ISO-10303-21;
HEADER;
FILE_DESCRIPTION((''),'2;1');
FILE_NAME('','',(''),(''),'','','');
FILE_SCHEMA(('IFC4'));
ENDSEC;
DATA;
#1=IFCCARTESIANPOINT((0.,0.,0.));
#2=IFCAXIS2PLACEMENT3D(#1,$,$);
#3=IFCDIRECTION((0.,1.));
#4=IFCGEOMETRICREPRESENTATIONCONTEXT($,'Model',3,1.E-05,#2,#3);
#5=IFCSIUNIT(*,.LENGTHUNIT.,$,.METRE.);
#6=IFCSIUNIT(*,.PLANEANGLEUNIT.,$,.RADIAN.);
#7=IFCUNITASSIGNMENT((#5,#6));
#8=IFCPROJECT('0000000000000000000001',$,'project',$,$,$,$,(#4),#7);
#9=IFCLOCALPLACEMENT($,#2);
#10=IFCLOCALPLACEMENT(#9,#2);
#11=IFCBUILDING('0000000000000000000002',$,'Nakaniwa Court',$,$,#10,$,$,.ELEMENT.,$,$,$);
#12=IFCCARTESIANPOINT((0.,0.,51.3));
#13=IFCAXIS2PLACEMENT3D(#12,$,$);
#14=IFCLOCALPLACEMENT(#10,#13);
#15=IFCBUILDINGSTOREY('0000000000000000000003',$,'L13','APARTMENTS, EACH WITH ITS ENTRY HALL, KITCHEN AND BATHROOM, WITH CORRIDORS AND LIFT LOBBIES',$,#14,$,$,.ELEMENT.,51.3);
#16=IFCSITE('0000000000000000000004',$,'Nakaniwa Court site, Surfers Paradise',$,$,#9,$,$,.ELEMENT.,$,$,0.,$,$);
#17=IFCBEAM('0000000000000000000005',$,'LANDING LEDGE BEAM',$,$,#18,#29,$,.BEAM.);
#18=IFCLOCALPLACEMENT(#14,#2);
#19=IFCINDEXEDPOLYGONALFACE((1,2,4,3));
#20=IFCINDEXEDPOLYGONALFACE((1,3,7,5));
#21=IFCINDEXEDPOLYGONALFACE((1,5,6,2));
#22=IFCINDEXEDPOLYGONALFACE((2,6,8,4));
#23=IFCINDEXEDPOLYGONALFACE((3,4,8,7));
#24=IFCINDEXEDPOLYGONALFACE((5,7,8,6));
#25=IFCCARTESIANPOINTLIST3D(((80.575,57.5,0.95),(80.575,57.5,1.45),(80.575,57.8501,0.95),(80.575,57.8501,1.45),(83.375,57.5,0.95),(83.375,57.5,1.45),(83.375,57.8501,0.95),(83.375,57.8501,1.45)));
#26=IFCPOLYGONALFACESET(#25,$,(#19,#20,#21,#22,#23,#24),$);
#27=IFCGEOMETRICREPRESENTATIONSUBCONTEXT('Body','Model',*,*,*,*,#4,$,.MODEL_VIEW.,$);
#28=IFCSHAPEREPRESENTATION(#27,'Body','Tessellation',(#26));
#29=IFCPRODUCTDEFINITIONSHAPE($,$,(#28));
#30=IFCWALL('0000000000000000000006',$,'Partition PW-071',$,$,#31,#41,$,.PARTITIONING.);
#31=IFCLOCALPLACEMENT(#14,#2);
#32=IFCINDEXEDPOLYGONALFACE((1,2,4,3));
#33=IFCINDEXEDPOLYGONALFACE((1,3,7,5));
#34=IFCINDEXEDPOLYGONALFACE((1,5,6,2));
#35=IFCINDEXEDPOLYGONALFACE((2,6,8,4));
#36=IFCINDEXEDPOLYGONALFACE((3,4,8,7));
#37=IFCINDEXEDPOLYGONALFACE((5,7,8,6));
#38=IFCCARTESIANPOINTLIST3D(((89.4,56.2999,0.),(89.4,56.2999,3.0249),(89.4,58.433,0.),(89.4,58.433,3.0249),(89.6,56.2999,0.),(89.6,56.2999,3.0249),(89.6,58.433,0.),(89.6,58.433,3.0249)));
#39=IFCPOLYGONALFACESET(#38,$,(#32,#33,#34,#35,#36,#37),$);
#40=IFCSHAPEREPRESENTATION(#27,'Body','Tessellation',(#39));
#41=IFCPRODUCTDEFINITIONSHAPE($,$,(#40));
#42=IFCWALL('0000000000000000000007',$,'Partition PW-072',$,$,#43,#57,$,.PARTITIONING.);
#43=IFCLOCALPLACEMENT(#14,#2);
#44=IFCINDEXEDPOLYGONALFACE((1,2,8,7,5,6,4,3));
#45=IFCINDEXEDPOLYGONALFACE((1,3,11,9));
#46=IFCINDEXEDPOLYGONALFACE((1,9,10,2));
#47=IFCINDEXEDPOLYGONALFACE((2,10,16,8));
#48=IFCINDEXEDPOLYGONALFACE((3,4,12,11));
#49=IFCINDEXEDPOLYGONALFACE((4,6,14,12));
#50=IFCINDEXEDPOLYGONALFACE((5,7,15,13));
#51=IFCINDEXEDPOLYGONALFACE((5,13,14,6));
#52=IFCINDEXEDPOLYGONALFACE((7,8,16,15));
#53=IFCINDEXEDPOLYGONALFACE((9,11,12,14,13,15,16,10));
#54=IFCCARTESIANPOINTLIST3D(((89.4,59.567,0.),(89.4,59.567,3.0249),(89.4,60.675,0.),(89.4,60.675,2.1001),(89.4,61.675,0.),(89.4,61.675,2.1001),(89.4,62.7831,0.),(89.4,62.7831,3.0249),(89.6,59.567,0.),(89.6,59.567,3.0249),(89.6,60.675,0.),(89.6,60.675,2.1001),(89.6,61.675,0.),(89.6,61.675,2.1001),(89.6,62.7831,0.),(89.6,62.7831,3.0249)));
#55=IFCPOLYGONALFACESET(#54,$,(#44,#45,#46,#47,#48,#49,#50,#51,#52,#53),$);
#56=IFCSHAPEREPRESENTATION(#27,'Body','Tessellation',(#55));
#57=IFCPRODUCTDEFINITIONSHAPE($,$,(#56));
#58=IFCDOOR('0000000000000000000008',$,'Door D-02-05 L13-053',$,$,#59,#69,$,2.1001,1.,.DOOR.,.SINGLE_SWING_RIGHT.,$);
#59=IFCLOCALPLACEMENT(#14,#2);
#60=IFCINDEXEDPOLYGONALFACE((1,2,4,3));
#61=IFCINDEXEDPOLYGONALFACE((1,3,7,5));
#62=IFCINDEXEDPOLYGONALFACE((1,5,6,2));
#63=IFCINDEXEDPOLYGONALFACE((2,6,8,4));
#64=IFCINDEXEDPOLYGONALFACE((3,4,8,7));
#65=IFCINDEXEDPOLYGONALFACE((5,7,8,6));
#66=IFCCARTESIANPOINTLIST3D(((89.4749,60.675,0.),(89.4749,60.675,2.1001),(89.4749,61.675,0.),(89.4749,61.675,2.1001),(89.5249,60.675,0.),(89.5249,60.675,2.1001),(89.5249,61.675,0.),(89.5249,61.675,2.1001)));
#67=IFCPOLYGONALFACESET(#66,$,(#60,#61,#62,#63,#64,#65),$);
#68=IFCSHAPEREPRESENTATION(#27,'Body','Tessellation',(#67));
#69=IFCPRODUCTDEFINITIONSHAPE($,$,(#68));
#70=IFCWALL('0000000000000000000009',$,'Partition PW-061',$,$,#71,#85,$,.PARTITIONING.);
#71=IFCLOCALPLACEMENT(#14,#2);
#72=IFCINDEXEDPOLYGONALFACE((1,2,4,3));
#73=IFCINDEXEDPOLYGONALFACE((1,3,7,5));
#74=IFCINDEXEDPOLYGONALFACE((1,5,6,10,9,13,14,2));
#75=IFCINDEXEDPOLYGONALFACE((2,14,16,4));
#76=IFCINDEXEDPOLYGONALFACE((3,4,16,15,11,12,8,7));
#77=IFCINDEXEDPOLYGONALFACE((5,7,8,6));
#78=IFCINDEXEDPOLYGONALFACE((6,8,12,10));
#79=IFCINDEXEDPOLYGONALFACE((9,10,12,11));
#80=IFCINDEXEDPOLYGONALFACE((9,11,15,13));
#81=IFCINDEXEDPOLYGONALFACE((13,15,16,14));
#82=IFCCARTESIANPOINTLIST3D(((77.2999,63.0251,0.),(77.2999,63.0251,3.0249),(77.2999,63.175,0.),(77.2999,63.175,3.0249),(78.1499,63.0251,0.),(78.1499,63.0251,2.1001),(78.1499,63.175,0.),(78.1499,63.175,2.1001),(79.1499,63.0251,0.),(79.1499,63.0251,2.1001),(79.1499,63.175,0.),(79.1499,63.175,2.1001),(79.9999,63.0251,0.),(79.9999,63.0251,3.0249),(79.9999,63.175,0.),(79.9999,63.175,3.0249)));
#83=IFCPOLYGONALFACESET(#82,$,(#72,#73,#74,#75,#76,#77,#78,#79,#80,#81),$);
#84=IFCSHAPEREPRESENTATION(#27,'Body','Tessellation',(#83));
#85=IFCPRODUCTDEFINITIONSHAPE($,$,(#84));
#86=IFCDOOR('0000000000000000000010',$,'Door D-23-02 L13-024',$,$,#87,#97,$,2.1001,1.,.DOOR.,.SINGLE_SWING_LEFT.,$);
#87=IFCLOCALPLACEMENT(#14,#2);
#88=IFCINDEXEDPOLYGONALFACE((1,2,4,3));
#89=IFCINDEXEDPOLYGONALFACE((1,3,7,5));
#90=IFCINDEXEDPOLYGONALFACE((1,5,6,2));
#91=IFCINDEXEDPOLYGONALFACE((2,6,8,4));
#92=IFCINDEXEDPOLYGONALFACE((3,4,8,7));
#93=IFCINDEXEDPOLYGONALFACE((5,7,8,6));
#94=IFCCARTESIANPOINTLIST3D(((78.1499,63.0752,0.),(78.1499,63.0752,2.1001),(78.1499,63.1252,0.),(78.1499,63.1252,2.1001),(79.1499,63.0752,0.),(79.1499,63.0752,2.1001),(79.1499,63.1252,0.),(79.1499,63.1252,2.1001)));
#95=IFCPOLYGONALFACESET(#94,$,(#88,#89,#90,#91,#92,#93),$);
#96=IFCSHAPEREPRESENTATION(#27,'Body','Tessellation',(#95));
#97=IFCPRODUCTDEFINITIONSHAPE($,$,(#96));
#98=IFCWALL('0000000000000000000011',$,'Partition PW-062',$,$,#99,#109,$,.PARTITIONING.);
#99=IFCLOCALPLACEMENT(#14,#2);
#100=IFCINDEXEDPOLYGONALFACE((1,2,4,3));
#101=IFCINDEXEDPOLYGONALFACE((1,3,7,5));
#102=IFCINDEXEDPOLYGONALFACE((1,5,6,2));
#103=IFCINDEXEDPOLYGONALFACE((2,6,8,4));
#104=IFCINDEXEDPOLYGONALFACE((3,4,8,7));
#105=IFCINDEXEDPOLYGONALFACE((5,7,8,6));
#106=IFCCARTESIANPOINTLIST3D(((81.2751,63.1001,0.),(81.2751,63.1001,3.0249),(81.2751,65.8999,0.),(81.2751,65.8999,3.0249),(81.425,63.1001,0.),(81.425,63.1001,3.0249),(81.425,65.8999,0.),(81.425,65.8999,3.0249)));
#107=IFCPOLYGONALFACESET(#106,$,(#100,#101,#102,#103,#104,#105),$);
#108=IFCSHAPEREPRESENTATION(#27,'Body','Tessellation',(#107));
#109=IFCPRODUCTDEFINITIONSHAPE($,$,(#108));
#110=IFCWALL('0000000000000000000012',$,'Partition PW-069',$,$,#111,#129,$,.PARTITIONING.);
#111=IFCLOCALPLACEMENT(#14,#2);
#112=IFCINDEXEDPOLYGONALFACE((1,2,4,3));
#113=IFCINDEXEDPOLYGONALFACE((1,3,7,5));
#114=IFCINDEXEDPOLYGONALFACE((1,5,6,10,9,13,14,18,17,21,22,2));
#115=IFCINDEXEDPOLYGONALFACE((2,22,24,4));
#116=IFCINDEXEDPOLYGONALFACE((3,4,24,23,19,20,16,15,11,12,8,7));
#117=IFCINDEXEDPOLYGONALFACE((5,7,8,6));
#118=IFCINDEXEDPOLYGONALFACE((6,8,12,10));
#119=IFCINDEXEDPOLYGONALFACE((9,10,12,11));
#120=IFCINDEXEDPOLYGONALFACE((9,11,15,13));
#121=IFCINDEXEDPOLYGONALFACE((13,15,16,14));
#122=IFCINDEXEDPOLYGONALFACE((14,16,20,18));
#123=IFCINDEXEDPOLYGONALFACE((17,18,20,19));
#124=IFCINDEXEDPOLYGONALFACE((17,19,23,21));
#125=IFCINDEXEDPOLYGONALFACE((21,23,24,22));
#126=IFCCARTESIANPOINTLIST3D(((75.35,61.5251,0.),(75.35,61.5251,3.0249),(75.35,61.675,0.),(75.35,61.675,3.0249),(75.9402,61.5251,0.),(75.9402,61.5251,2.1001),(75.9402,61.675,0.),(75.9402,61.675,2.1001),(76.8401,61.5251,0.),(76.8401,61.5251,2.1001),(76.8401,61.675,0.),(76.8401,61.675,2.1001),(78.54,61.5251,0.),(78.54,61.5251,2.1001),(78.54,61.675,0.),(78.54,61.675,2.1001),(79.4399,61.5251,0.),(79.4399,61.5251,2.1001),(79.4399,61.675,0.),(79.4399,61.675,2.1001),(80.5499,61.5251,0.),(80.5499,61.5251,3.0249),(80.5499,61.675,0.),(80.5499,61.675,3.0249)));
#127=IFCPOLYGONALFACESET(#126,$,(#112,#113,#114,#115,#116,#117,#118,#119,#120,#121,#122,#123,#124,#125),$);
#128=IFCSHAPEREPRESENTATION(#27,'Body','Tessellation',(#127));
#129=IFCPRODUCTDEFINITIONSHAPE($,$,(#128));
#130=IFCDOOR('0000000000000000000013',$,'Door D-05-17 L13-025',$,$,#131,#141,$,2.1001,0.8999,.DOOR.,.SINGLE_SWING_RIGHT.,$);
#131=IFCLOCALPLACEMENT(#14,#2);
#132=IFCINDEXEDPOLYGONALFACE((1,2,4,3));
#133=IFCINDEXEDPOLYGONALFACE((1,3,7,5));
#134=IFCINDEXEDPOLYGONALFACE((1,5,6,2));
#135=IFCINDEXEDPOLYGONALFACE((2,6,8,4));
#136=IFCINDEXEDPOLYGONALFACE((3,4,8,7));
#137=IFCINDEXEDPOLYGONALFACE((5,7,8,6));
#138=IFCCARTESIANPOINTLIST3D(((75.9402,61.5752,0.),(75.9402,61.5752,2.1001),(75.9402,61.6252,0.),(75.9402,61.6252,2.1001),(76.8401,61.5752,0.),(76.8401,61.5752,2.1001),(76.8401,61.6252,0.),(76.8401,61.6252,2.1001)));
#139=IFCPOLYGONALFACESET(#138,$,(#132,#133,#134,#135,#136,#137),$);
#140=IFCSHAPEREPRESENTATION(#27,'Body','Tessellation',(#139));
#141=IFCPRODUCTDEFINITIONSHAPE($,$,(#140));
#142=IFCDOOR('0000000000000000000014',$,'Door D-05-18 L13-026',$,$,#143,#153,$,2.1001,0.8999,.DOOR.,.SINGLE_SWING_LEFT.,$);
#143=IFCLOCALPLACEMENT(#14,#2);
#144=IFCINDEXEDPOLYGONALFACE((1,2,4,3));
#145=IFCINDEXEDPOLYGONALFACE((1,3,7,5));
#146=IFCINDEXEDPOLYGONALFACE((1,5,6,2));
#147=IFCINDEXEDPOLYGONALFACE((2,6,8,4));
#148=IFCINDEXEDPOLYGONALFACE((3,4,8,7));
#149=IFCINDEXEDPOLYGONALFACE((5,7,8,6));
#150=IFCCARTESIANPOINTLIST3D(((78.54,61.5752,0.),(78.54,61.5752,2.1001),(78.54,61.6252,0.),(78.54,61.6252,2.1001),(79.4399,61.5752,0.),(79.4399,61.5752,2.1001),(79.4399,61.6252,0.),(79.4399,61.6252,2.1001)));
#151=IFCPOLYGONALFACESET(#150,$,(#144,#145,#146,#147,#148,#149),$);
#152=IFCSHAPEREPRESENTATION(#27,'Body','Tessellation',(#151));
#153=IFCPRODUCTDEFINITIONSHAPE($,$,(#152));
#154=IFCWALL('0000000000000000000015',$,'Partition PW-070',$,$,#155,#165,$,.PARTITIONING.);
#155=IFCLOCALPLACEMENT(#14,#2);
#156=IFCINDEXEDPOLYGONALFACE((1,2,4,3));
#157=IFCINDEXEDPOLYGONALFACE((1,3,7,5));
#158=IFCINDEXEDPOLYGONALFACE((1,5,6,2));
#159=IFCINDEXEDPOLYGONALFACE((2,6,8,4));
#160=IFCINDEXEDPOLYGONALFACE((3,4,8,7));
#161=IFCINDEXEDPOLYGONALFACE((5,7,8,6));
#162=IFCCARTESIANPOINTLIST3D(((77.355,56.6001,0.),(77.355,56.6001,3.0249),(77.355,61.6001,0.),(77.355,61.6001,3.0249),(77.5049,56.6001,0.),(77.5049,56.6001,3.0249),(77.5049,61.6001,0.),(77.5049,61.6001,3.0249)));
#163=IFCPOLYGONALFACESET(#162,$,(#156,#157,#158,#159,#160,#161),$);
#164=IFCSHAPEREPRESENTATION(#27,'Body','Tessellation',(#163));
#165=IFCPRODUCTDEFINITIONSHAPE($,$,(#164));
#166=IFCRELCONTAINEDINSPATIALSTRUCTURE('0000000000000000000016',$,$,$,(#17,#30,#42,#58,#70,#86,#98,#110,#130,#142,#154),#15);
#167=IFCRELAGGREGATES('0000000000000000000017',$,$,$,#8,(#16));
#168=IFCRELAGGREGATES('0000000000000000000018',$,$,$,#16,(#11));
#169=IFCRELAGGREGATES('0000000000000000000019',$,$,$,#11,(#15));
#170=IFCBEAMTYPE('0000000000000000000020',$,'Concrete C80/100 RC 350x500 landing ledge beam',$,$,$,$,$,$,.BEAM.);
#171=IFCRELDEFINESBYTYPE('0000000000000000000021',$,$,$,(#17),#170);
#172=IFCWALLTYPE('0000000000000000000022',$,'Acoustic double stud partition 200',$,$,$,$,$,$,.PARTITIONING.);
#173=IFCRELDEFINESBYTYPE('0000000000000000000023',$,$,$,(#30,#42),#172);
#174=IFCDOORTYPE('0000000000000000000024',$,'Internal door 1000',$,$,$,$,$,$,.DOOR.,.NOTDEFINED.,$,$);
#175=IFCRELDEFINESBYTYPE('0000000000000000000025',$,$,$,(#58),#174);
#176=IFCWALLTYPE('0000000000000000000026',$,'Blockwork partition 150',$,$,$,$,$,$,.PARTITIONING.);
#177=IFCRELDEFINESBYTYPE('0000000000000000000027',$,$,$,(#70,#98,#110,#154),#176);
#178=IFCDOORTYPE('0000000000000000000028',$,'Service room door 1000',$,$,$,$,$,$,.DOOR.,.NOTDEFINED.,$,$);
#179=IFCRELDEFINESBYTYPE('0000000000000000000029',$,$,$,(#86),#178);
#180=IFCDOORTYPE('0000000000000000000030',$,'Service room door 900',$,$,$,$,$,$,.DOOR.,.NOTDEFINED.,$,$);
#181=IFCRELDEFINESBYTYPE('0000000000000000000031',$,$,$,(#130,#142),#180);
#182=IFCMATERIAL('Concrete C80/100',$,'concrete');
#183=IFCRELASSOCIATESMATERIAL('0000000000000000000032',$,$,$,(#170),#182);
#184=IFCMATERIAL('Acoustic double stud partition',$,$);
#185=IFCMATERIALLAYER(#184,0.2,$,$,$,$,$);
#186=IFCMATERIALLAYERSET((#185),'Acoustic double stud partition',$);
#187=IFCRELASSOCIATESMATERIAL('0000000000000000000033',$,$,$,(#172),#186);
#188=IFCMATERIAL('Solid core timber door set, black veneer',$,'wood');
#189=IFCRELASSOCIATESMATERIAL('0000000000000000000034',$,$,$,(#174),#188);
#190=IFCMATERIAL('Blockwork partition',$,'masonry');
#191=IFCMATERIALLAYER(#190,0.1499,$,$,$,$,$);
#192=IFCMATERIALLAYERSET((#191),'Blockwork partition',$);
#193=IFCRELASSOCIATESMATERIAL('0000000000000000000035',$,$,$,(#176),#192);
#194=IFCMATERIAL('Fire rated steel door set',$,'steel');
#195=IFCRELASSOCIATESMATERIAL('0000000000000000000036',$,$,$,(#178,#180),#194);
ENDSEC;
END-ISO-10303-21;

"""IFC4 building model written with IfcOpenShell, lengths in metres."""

from ifc_helpers import new_model, si_unit, direction, frame, frame_2d, origin, origin_2d, place, context, subcontext, project, spatial, rectangle, extrude, material, layer, layer_set, material_profile, profile_set, type_object, element, fill, save


model = new_model("IFC4")

# Units and contexts
model_context = context("Model", 3, precision=1e-05, world=origin(), true_north=direction((0.0, 1.0)))
body_context = subcontext(model_context, "Body", "Model", "MODEL_VIEW")
ifc_project = project(units=[si_unit("LENGTHUNIT", "METRE"), si_unit("PLANEANGLEUNIT", "RADIAN")], contexts=[model_context])

# Site, building, storey
site_placement = place(None, origin())
site = spatial("IfcSite", under=ifc_project, at=site_placement, Name="Nakaniwa Court site, Surfers Paradise", CompositionType="ELEMENT", RefElevation=0.0)
building_placement = place(site_placement, origin())
building = spatial("IfcBuilding", under=site, at=building_placement, Name="Nakaniwa Court", CompositionType="ELEMENT")
storey_placement = place(building_placement, frame((0.0, 0.0, 51.3)))
storey = spatial("IfcBuildingStorey", under=building, at=storey_placement, Name="L13", Description="APARTMENTS, EACH WITH ITS ENTRY HALL, KITCHEN AND BATHROOM, WITH CORRIDORS AND LIFT LOBBIES", CompositionType="ELEMENT", Elevation=51.3)

# Beam
ifc_material_1 = material(Name="Concrete C80/100", Category="concrete")
ifc_material_profile = material_profile(ifc_material_1, rectangle(XDim=0.3501, YDim=0.5, at=origin_2d()), Name="Concrete C80/100 RC 350x500 landing ledge beam")
ifc_profile_set = profile_set([ifc_material_profile], Name="Concrete C80/100")
beam_type = type_object("IfcBeamType", Name="Concrete C80/100 RC 350x500 landing ledge beam", PredefinedType="BEAM", material=ifc_profile_set)
beam_placement = place(storey_placement, frame((80.575, 57.675, 1.2), z_axis=(1.0, 0.0, 0.0), x_axis=(0.0, 1.0, 0.0)))
element("IfcBeam", 1, at=beam_placement, inside=storey, type_object=beam_type, Name="LANDING LEDGE BEAM", PredefinedType="BEAM", context=body_context, shape_type="SweptSolid", body=[
    extrude(rectangle(XDim=0.3501, YDim=0.5, at=origin_2d()), origin(), (0.0, 0.0, 1.0), 2.8),
])

# Wall
ifc_material_2 = material(Name="Acoustic double stud partition")
ifc_layer_1 = layer(ifc_material_2, 0.2)
ifc_layer_set_1 = layer_set([ifc_layer_1], Name="Acoustic double stud partition")
wall_type_1 = type_object("IfcWallType", Name="Acoustic double stud partition 200", PredefinedType="PARTITIONING", material=ifc_layer_set_1)
wall_1_placement = place(storey_placement, frame((89.5, 56.3, 0.0), z_axis=(0.0, 0.0, 1.0), x_axis=(0.0, 1.0, 0.0)))
element("IfcWall", 2, at=wall_1_placement, inside=storey, type_object=wall_type_1, Name="Partition PW-071", PredefinedType="PARTITIONING", context=body_context, shape_type="SweptSolid", body=[
    extrude(rectangle(XDim=2.1331, YDim=0.2, at=frame_2d((1.0664, 0.0))), origin(), (0.0, 0.0, 1.0), 3.0249),
])

# Walls, openings, doors
wall_2_placement = place(storey_placement, frame((89.5, 62.783, 0.0), z_axis=(0.0, 0.0, 1.0), x_axis=(0.0, -1.0, 0.0)))
wall_2 = element("IfcWall", 3, at=wall_2_placement, inside=storey, type_object=wall_type_1, Name="Partition PW-072", PredefinedType="PARTITIONING", context=body_context, shape_type="SweptSolid", body=[
    extrude(rectangle(XDim=3.2161, YDim=0.2, at=frame_2d((1.6079, 0.0))), origin(), (0.0, 0.0, 1.0), 3.0249),
])
opening_1_placement = place(wall_2_placement, frame((1.1079, 0.0, 0.0)))
opening_1 = element("IfcOpeningElement", 4, at=opening_1_placement, cuts=wall_2, PredefinedType="OPENING", context=body_context, shape_type="SweptSolid", body=[
    extrude(rectangle(XDim=1.0, YDim=2.1001, at=frame_2d((0.5, 1.05))), frame((0.0, 0.1099, 0.0), z_axis=(0.0, -1.0, 0.0), x_axis=(1.0, 0.0, 0.0)), (0.0, 0.0, 1.0), 0.22),
])
ifc_material_3 = material(Name="Solid core timber door set, black veneer", Category="wood")
door_type_1 = type_object("IfcDoorType", Name="Internal door 1000", OperationType="NOTDEFINED", PredefinedType="DOOR", material=ifc_material_3)
door_1_placement = place(opening_1_placement, origin())
door_1 = element("IfcDoor", 5, at=door_1_placement, inside=storey, type_object=door_type_1, Name="Door D-02-05 L13-053", OperationType="SINGLE_SWING_RIGHT", OverallHeight=2.1001, OverallWidth=1.0, PredefinedType="DOOR", context=body_context, shape_type="SweptSolid", body=[
    extrude(rectangle(XDim=1.0, YDim=2.1001, at=frame_2d((0.5, 1.05))), frame((0.0, 0.0249, 0.0), z_axis=(0.0, -1.0, 0.0), x_axis=(1.0, 0.0, 0.0)), (0.0, 0.0, 1.0), 0.05),
])
fill(opening_1, door_1)
ifc_material_4 = material(Name="Blockwork partition", Category="masonry")
ifc_layer_2 = layer(ifc_material_4, 0.1499)
ifc_layer_set_2 = layer_set([ifc_layer_2], Name="Blockwork partition")
wall_type_2 = type_object("IfcWallType", Name="Blockwork partition 150", PredefinedType="PARTITIONING", material=ifc_layer_set_2)
wall_3_placement = place(storey_placement, frame((80.0, 63.1001, 0.0), z_axis=(0.0, 0.0, 1.0), x_axis=(-1.0, 0.0, 0.0)))
wall_3 = element("IfcWall", 6, at=wall_3_placement, inside=storey, type_object=wall_type_2, Name="Partition PW-061", PredefinedType="PARTITIONING", context=body_context, shape_type="SweptSolid", body=[
    extrude(rectangle(XDim=2.7, YDim=0.1499, at=frame_2d((1.3501, 0.0))), origin(), (0.0, 0.0, 1.0), 3.0249),
])
opening_2_placement = place(wall_3_placement, frame((0.8501, 0.0, 0.0)))
opening_2 = element("IfcOpeningElement", 7, at=opening_2_placement, cuts=wall_3, PredefinedType="OPENING", context=body_context, shape_type="SweptSolid", body=[
    extrude(rectangle(XDim=1.0, YDim=2.1001, at=frame_2d((0.5, 1.05))), frame((0.0, 0.085, 0.0), z_axis=(0.0, -1.0, 0.0), x_axis=(1.0, 0.0, 0.0)), (0.0, 0.0, 1.0), 0.1699),
])
ifc_material_5 = material(Name="Fire rated steel door set", Category="steel")
door_type_2 = type_object("IfcDoorType", Name="Service room door 1000", OperationType="NOTDEFINED", PredefinedType="DOOR", material=ifc_material_5)
door_2_placement = place(opening_2_placement, origin())
door_2 = element("IfcDoor", 8, at=door_2_placement, inside=storey, type_object=door_type_2, Name="Door D-23-02 L13-024", OperationType="SINGLE_SWING_LEFT", OverallHeight=2.1001, OverallWidth=1.0, PredefinedType="DOOR", context=body_context, shape_type="SweptSolid", body=[
    extrude(rectangle(XDim=1.0, YDim=2.1001, at=frame_2d((0.5, 1.05))), frame((0.0, 0.0249, 0.0), z_axis=(0.0, -1.0, 0.0), x_axis=(1.0, 0.0, 0.0)), (0.0, 0.0, 1.0), 0.05),
])
fill(opening_2, door_2)

# Wall
wall_4_placement = place(storey_placement, frame((81.3501, 63.1001, 0.0), z_axis=(0.0, 0.0, 1.0), x_axis=(0.0, 1.0, 0.0)))
element("IfcWall", 9, at=wall_4_placement, inside=storey, type_object=wall_type_2, Name="Partition PW-062", PredefinedType="PARTITIONING", context=body_context, shape_type="SweptSolid", body=[
    extrude(rectangle(XDim=2.7998, YDim=0.1499, at=frame_2d((1.3999, 0.0))), origin(), (0.0, 0.0, 1.0), 3.0249),
])

# Wall, openings, doors
wall_5_placement = place(storey_placement, frame((80.55, 61.6001, 0.0), z_axis=(0.0, 0.0, 1.0), x_axis=(-1.0, 0.0, 0.0)))
wall_5 = element("IfcWall", 10, at=wall_5_placement, inside=storey, type_object=wall_type_2, Name="Partition PW-069", PredefinedType="PARTITIONING", context=body_context, shape_type="SweptSolid", body=[
    extrude(rectangle(XDim=5.2, YDim=0.1499, at=frame_2d((2.6001, 0.0))), origin(), (0.0, 0.0, 1.0), 3.0249),
])
opening_3_placement = place(wall_5_placement, frame((3.71, 0.0, 0.0)))
opening_3 = element("IfcOpeningElement", 11, at=opening_3_placement, cuts=wall_5, PredefinedType="OPENING", context=body_context, shape_type="SweptSolid", body=[
    extrude(rectangle(XDim=0.8999, YDim=2.1001, at=frame_2d((0.45, 1.05))), frame((0.0, 0.085, 0.0), z_axis=(0.0, -1.0, 0.0), x_axis=(1.0, 0.0, 0.0)), (0.0, 0.0, 1.0), 0.1699),
])
opening_4_placement = place(wall_5_placement, frame((1.1101, 0.0, 0.0)))
opening_4 = element("IfcOpeningElement", 12, at=opening_4_placement, cuts=wall_5, PredefinedType="OPENING", context=body_context, shape_type="SweptSolid", body=[
    extrude(rectangle(XDim=0.8999, YDim=2.1001, at=frame_2d((0.45, 1.05))), frame((0.0, 0.085, 0.0), z_axis=(0.0, -1.0, 0.0), x_axis=(1.0, 0.0, 0.0)), (0.0, 0.0, 1.0), 0.1699),
])
door_type_3 = type_object("IfcDoorType", Name="Service room door 900", OperationType="NOTDEFINED", PredefinedType="DOOR", material=ifc_material_5)
door_3_placement = place(opening_3_placement, origin())
door_3 = element("IfcDoor", 13, at=door_3_placement, inside=storey, type_object=door_type_3, Name="Door D-05-17 L13-025", OperationType="SINGLE_SWING_RIGHT", OverallHeight=2.1001, OverallWidth=0.8999, PredefinedType="DOOR", context=body_context, shape_type="SweptSolid", body=[
    extrude(rectangle(XDim=0.8999, YDim=2.1001, at=frame_2d((0.45, 1.05))), frame((0.0, 0.0249, 0.0), z_axis=(0.0, -1.0, 0.0), x_axis=(1.0, 0.0, 0.0)), (0.0, 0.0, 1.0), 0.05),
])
fill(opening_3, door_3)
door_4_placement = place(opening_4_placement, origin())
door_4 = element("IfcDoor", 14, at=door_4_placement, inside=storey, type_object=door_type_3, Name="Door D-05-18 L13-026", OperationType="SINGLE_SWING_LEFT", OverallHeight=2.1001, OverallWidth=0.8999, PredefinedType="DOOR", context=body_context, shape_type="SweptSolid", body=[
    extrude(rectangle(XDim=0.8999, YDim=2.1001, at=frame_2d((0.45, 1.05))), frame((0.0, 0.0249, 0.0), z_axis=(0.0, -1.0, 0.0), x_axis=(1.0, 0.0, 0.0)), (0.0, 0.0, 1.0), 0.05),
])
fill(opening_4, door_4)

# Wall
wall_6_placement = place(storey_placement, frame((77.4299, 56.6001, 0.0), z_axis=(0.0, 0.0, 1.0), x_axis=(0.0, 1.0, 0.0)))
element("IfcWall", 15, at=wall_6_placement, inside=storey, type_object=wall_type_2, Name="Partition PW-070", PredefinedType="PARTITIONING", context=body_context, shape_type="SweptSolid", body=[
    extrude(rectangle(XDim=5.0, YDim=0.1499, at=frame_2d((2.5, 0.0))), origin(), (0.0, 0.0, 1.0), 3.0249),
])

save(model, "model.ifc")
